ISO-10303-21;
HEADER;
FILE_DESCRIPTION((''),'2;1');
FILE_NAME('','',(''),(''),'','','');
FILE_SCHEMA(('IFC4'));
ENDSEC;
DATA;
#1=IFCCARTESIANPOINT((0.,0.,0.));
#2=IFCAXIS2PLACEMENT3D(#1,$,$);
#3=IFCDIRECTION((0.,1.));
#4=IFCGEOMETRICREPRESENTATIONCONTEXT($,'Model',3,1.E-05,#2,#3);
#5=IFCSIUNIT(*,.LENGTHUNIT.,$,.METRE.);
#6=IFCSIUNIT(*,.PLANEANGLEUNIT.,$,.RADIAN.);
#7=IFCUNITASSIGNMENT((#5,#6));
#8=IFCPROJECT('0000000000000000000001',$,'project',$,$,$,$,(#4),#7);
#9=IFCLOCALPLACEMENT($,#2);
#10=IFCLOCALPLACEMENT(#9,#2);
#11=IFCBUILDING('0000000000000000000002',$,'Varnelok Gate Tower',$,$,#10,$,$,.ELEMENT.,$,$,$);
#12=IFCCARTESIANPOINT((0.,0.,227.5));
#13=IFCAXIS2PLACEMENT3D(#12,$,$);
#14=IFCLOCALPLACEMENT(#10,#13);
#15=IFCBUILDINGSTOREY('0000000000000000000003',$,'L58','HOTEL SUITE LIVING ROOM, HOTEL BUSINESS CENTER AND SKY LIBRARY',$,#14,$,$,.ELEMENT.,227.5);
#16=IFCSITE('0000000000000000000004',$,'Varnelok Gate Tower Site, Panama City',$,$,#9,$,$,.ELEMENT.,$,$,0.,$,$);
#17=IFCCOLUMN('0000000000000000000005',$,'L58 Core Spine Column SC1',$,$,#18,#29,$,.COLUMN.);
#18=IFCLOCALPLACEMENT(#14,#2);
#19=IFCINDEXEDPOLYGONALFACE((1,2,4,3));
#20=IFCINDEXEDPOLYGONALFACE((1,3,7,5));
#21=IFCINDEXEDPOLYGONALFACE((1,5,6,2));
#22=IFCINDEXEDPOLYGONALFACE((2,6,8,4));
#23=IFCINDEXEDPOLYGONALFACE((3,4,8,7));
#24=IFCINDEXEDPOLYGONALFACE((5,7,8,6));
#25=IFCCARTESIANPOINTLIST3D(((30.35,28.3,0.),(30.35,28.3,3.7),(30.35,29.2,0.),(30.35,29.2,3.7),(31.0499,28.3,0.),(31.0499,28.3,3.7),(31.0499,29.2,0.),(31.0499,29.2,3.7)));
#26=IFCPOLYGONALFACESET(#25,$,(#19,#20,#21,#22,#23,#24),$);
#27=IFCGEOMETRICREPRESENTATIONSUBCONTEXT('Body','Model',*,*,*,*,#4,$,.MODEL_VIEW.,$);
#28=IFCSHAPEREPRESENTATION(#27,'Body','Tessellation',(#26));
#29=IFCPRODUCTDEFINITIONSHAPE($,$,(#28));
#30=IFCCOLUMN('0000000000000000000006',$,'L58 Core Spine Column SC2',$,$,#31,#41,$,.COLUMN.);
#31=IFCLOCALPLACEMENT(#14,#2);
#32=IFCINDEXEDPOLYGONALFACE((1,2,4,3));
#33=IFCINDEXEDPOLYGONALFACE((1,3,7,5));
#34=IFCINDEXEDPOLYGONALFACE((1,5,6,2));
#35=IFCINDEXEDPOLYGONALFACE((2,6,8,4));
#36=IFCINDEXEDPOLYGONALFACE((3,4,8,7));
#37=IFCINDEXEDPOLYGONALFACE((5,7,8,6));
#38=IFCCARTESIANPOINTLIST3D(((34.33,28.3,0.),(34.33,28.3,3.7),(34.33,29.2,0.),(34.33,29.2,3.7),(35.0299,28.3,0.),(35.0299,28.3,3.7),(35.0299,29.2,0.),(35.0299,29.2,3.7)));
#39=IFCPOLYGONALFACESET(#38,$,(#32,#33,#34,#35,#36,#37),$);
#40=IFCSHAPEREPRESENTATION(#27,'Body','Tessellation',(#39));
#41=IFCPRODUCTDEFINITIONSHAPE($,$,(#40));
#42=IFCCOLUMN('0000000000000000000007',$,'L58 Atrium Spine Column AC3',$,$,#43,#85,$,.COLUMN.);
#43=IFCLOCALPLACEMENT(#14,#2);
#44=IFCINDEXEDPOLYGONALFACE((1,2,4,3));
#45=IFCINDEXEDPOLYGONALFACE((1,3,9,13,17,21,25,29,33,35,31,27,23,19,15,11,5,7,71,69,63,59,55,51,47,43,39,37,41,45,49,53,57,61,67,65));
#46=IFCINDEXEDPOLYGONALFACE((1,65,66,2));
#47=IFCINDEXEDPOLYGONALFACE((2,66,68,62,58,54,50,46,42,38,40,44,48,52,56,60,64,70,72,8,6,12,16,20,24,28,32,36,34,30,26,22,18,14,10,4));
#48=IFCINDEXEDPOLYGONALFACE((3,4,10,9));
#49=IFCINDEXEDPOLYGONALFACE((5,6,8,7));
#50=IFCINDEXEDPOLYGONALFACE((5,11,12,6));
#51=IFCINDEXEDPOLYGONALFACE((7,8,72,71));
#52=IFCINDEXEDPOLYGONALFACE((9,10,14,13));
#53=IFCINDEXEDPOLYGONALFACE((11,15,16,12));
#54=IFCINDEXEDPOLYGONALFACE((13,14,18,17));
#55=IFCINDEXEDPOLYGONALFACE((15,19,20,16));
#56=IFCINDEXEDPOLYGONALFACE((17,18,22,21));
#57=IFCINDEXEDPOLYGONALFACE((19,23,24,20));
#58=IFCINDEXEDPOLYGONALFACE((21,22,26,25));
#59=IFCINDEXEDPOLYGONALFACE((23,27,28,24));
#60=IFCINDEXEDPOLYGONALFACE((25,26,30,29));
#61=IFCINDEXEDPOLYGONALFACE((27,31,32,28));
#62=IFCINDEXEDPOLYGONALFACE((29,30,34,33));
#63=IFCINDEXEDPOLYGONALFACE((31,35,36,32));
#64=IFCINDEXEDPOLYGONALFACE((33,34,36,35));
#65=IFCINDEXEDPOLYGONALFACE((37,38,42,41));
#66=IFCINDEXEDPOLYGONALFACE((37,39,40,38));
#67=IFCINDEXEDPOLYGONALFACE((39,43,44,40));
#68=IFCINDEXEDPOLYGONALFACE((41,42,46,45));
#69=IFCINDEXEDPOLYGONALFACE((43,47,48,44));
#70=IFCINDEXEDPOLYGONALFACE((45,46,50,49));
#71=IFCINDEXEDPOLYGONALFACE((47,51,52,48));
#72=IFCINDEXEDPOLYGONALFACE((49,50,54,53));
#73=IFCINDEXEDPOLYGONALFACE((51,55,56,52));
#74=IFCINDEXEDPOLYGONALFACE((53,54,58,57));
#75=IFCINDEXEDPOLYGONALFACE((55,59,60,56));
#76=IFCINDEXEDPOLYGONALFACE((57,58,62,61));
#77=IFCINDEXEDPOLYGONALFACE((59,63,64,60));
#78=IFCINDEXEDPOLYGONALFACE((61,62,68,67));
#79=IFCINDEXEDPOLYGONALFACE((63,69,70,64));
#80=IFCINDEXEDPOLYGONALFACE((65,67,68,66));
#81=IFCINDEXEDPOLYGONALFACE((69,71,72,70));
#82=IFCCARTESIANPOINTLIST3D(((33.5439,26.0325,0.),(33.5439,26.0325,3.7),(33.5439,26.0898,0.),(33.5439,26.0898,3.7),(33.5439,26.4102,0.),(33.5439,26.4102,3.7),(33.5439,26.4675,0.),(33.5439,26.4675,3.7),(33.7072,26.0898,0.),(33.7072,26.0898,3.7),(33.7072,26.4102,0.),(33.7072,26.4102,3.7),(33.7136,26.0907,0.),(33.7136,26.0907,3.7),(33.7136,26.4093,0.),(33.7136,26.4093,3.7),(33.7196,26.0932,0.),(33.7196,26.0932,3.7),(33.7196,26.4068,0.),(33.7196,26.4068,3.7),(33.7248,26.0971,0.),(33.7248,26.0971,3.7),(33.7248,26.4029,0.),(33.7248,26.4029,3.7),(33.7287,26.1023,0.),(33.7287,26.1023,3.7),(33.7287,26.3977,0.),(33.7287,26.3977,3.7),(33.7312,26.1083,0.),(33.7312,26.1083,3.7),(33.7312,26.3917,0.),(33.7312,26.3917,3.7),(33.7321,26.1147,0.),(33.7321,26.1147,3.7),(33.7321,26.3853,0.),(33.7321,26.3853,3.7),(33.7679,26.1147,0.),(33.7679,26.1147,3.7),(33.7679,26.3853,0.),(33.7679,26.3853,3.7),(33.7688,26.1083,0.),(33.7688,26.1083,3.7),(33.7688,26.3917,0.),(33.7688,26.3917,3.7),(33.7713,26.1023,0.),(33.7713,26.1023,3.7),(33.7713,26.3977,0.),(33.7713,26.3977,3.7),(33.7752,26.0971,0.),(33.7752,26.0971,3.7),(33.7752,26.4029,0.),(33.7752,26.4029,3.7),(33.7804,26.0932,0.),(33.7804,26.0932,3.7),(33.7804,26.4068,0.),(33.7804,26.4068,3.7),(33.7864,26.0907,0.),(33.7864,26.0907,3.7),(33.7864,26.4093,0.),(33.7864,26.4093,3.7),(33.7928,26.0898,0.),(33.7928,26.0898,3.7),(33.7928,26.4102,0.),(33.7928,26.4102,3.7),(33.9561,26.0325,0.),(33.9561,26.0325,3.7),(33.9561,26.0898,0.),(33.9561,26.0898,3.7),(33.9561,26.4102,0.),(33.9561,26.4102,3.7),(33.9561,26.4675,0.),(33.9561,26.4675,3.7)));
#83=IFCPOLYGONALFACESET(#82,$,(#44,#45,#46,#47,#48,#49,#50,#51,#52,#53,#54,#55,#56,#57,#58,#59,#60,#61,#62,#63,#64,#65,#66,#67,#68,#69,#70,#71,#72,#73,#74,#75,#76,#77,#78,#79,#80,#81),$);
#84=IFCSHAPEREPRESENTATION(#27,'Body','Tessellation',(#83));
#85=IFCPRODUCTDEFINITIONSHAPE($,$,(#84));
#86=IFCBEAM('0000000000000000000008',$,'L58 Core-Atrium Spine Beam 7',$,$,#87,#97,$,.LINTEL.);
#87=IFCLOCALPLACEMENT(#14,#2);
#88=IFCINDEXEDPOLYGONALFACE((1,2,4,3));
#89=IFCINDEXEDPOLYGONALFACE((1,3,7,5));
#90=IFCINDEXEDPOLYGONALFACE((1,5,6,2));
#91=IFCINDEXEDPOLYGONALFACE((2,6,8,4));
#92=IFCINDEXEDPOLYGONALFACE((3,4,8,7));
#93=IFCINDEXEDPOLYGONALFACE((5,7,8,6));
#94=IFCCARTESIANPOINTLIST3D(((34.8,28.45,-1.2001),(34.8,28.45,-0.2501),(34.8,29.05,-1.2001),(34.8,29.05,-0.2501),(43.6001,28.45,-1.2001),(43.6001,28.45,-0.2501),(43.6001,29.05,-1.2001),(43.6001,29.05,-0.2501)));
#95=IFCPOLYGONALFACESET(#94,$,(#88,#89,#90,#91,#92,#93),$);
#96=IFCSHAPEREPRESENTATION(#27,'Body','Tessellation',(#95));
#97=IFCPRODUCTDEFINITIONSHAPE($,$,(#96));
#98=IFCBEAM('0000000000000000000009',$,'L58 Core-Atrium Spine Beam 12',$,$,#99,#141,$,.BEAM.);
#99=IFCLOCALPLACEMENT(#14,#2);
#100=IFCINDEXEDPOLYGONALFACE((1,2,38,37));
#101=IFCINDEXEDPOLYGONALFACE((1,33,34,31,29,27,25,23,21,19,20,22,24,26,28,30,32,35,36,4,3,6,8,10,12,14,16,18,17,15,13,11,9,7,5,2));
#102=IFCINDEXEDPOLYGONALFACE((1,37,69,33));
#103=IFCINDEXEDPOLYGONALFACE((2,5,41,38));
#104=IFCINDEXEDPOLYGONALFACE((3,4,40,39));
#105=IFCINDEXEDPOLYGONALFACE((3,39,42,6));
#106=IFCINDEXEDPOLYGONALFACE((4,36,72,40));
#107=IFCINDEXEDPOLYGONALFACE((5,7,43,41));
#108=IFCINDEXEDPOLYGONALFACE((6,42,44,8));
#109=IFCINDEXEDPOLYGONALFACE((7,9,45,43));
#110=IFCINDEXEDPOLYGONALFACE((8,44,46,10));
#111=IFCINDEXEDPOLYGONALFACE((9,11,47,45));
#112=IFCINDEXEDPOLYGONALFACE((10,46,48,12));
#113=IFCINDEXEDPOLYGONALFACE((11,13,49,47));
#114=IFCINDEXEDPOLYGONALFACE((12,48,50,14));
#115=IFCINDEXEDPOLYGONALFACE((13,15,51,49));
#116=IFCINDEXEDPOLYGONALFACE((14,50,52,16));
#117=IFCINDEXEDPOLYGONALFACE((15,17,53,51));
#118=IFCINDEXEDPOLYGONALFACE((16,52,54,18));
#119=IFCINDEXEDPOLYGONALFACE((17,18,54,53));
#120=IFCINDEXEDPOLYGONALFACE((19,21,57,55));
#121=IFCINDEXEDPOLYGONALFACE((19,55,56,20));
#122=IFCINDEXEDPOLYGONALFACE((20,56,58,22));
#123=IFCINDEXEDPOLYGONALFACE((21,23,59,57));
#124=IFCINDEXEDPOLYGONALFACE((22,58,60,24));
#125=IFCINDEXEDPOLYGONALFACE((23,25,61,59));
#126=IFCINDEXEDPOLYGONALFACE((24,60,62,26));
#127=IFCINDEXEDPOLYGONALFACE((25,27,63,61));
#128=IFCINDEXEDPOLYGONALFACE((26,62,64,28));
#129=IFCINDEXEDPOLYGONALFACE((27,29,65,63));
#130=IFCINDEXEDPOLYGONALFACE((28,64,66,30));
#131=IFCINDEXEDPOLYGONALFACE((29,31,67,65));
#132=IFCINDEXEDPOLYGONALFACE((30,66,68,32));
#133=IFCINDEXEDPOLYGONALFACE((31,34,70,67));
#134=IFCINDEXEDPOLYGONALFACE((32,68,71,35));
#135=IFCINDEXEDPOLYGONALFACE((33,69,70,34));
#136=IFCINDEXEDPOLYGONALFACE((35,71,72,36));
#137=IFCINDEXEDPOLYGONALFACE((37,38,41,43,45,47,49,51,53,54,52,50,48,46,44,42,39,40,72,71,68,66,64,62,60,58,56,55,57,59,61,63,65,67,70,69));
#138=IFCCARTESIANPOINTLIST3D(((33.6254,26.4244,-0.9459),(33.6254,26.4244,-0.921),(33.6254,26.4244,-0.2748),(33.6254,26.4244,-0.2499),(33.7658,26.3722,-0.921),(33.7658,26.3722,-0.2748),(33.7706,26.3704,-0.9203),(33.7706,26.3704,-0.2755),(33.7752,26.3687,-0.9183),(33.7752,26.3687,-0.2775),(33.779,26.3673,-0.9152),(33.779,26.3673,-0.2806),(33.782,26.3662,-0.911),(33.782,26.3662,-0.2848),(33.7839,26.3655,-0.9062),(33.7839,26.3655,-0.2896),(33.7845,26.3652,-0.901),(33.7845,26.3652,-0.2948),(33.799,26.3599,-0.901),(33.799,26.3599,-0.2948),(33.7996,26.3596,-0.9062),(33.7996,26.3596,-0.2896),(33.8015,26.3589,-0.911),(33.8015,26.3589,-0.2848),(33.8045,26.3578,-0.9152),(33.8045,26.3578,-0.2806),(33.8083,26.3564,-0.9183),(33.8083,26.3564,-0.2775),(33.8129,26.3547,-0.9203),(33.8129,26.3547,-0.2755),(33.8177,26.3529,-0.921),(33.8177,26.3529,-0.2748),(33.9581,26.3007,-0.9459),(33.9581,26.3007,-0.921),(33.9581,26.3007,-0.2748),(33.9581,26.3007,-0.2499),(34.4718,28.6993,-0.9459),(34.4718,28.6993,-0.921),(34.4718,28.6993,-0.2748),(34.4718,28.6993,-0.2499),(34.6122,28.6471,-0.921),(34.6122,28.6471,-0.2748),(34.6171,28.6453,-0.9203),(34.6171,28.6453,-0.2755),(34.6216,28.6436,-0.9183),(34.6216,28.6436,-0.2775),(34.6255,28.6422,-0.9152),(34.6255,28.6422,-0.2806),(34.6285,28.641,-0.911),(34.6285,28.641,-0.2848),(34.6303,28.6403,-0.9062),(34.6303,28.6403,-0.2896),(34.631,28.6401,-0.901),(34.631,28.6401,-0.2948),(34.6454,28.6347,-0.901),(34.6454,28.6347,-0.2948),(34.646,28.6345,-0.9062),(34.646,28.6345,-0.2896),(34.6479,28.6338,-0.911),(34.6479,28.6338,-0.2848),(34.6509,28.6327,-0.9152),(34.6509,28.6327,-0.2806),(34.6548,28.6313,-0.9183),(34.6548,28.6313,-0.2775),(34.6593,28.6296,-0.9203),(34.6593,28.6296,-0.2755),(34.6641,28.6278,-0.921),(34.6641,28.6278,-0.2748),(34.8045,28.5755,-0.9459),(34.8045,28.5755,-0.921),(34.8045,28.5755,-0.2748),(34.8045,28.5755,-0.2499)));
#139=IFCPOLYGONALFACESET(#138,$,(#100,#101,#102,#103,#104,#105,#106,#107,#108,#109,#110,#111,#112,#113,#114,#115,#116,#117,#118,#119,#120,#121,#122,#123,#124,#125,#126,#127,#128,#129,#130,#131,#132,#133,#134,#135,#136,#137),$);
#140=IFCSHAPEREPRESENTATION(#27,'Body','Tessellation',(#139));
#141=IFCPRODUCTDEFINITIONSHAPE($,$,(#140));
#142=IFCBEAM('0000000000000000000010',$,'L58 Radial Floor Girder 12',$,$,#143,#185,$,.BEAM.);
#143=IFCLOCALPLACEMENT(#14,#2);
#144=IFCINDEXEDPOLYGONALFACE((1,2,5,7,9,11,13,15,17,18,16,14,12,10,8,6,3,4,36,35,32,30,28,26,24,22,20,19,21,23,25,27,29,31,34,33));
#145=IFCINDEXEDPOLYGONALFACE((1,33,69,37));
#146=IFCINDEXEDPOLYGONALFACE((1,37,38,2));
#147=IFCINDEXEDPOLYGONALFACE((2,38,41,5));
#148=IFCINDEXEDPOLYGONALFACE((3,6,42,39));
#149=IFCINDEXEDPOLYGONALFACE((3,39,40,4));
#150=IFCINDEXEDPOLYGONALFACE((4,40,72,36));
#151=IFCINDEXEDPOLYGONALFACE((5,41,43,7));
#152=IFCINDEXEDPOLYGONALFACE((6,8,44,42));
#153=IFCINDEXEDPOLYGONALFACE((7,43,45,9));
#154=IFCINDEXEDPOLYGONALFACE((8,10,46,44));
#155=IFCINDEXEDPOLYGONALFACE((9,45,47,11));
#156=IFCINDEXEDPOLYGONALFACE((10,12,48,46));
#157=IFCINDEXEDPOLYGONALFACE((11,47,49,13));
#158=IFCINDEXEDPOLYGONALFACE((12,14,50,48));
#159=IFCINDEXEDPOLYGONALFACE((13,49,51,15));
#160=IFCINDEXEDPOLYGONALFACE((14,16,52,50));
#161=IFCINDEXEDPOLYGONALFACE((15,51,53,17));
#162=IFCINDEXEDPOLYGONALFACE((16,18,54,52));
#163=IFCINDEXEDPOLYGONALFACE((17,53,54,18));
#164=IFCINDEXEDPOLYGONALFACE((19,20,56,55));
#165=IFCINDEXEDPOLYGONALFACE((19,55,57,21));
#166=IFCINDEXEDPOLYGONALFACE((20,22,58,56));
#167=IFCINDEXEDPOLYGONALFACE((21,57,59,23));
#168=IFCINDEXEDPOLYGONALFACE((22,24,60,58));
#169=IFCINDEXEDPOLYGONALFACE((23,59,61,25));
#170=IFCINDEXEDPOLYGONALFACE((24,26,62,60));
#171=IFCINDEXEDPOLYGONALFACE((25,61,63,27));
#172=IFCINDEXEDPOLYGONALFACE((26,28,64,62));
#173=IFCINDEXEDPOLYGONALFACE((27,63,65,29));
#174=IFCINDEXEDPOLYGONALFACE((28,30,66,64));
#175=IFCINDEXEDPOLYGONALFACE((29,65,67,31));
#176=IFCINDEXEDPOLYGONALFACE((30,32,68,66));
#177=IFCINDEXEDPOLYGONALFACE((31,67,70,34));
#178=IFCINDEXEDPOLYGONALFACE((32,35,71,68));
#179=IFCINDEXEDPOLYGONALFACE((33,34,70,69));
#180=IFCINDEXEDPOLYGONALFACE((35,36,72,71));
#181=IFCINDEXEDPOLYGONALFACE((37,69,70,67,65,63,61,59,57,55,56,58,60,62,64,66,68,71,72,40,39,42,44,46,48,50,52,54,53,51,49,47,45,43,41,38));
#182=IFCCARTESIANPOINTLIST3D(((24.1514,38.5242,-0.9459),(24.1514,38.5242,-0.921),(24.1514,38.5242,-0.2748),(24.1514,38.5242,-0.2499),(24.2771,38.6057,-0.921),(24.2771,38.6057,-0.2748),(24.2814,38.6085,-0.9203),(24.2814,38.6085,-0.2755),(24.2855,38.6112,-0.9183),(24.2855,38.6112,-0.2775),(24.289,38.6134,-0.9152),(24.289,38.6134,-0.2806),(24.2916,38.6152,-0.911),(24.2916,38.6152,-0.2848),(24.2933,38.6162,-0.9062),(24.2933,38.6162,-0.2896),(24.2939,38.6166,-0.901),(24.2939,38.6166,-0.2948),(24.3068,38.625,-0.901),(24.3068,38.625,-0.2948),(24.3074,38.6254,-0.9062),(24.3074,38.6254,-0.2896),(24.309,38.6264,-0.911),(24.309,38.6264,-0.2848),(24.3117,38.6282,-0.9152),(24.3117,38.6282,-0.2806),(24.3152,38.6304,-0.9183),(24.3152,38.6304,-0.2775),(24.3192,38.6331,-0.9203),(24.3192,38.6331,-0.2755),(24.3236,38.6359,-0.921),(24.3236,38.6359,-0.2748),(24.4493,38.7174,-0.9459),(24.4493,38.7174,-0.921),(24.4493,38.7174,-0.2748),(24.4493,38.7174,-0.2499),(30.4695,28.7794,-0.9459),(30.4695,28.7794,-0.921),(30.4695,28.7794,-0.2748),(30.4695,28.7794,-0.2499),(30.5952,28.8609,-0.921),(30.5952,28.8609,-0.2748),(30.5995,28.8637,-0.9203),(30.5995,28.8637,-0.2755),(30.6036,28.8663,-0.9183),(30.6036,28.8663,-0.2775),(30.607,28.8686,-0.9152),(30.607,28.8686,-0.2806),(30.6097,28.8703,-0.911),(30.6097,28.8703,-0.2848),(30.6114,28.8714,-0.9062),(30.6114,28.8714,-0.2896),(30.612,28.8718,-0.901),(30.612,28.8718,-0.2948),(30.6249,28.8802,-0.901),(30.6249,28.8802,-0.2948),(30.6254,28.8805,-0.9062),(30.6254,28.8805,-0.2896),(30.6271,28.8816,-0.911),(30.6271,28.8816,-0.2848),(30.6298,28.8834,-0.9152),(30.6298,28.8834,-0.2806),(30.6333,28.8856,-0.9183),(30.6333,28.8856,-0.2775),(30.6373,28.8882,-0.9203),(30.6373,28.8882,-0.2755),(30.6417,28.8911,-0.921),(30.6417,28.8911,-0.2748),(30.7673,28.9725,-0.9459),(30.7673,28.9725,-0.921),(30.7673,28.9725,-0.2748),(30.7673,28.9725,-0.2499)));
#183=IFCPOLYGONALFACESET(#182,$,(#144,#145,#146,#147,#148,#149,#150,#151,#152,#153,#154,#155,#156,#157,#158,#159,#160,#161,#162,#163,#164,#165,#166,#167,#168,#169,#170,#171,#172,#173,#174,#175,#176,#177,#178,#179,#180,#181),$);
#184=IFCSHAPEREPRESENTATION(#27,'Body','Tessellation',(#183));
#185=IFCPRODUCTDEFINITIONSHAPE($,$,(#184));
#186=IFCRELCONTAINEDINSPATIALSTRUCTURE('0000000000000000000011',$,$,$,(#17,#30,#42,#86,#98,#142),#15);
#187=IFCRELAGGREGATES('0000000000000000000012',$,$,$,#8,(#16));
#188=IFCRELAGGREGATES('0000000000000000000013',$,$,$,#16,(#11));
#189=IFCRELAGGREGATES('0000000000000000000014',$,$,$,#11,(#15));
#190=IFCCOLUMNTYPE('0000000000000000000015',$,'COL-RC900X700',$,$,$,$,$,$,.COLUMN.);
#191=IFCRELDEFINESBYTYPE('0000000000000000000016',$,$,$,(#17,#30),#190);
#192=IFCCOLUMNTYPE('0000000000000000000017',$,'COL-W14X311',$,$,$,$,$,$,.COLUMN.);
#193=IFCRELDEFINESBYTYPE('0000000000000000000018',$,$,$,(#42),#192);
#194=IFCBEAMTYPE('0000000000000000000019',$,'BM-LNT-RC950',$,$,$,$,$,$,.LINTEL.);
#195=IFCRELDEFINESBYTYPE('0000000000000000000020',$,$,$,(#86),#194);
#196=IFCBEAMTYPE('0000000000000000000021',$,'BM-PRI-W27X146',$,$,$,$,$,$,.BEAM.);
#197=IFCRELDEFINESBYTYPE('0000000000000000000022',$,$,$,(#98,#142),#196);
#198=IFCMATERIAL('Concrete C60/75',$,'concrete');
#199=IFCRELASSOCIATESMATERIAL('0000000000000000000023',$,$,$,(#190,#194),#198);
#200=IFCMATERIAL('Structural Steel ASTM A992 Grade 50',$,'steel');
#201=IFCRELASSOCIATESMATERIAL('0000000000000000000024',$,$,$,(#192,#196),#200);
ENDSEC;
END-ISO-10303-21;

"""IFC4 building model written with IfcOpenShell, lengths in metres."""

from ifc_helpers import new_model, si_unit, direction, frame, origin, origin_2d, place, context, subcontext, project, spatial, rectangle, i_section, extrude, material, material_profile, profile_set, type_object, element, save


model = new_model("IFC4")

# Units and contexts
model_context = context("Model", 3, precision=1e-05, world=origin(), true_north=direction((0.0, 1.0)))
body_context = subcontext(model_context, "Body", "Model", "MODEL_VIEW")
ifc_project = project(units=[si_unit("LENGTHUNIT", "METRE"), si_unit("PLANEANGLEUNIT", "RADIAN")], contexts=[model_context])

# Site, building, storey
site_placement = place(None, origin())
site = spatial("IfcSite", under=ifc_project, at=site_placement, Name="Varnelok Gate Tower Site, Panama City", CompositionType="ELEMENT", RefElevation=0.0)
building_placement = place(site_placement, origin())
building = spatial("IfcBuilding", under=site, at=building_placement, Name="Varnelok Gate Tower", CompositionType="ELEMENT")
storey_placement = place(building_placement, frame((0.0, 0.0, 227.5)))
storey = spatial("IfcBuildingStorey", under=building, at=storey_placement, Name="L58", Description="HOTEL SUITE LIVING ROOM, HOTEL BUSINESS CENTER AND SKY LIBRARY", CompositionType="ELEMENT", Elevation=227.5)

# Columns
ifc_material_1 = material(Name="Concrete C60/75", Category="concrete")
ifc_material_profile_1 = material_profile(ifc_material_1, rectangle(XDim=0.7, YDim=0.8999, at=origin_2d()), Name="RC900X700")
ifc_profile_set_1 = profile_set([ifc_material_profile_1], Name="Concrete C60/75")
column_type_1 = type_object("IfcColumnType", Name="COL-RC900X700", PredefinedType="COLUMN", material=ifc_profile_set_1)
for number, where, z_axis, x_axis, name in (
    (1, (30.7, 28.75, 0.0), (0.0, 0.0, 1.0), (1.0, 0.0, 0.0), "L58 Core Spine Column SC1"),
    (2, (34.6799, 28.75, 0.0), (0.0, 0.0, 1.0), (1.0, 0.0, 0.0), "L58 Core Spine Column SC2"),
):
    element("IfcColumn", number, at=place(storey_placement, frame(where, z_axis=z_axis, x_axis=x_axis)), inside=storey, type_object=column_type_1, Name=name, PredefinedType="COLUMN", context=body_context, shape_type="SweptSolid", body=[
        extrude(rectangle(XDim=0.7, YDim=0.8999, at=origin_2d()), origin(), (0.0, 0.0, 1.0), 3.7),
    ])
ifc_material_2 = material(Name="Structural Steel ASTM A992 Grade 50", Category="steel")
ifc_material_profile_2 = material_profile(ifc_material_2, i_section(OverallWidth=0.4121, OverallDepth=0.4351, WebThickness=0.0359, FlangeThickness=0.0574, FilletRadius=0.0249, at=origin_2d()), Name="W14X311")
ifc_profile_set_2 = profile_set([ifc_material_profile_2], Name="Structural Steel ASTM A992 Grade 50")
column_type_2 = type_object("IfcColumnType", Name="COL-W14X311", PredefinedType="COLUMN", material=ifc_profile_set_2)
column_placement = place(storey_placement, frame((33.75, 26.25, 0.0), z_axis=(0.0, 0.0, 1.0), x_axis=(1.0, 0.0, 0.0)))
element("IfcColumn", 3, at=column_placement, inside=storey, type_object=column_type_2, Name="L58 Atrium Spine Column AC3", PredefinedType="COLUMN", context=body_context, shape_type="SweptSolid", body=[
    extrude(i_section(OverallWidth=0.4121, OverallDepth=0.4351, WebThickness=0.0359, FlangeThickness=0.0574, FilletRadius=0.0249, at=origin_2d()), origin(), (0.0, 0.0, 1.0), 3.7),
])

# Beams
ifc_material_profile_3 = material_profile(ifc_material_1, rectangle(XDim=0.6001, YDim=0.95, at=origin_2d()), Name="RC950X600")
ifc_profile_set_3 = profile_set([ifc_material_profile_3], Name="Concrete C60/75")
beam_type_1 = type_object("IfcBeamType", Name="BM-LNT-RC950", PredefinedType="LINTEL", material=ifc_profile_set_3)
beam_1_placement = place(storey_placement, frame((34.8, 28.75, -0.7251), z_axis=(1.0, 0.0, 0.0), x_axis=(0.0, 1.0, 0.0)))
element("IfcBeam", 4, at=beam_1_placement, inside=storey, type_object=beam_type_1, Name="L58 Core-Atrium Spine Beam 7", PredefinedType="LINTEL", context=body_context, shape_type="SweptSolid", body=[
    extrude(rectangle(XDim=0.6001, YDim=0.95, at=origin_2d()), origin(), (0.0, 0.0, 1.0), 8.8),
])
ifc_material_profile_4 = material_profile(ifc_material_2, i_section(OverallWidth=0.355, OverallDepth=0.696, WebThickness=0.0154, FlangeThickness=0.0249, FilletRadius=0.02, at=origin_2d()), Name="W27X146")
ifc_profile_set_4 = profile_set([ifc_material_profile_4], Name="Structural Steel ASTM A992 Grade 50")
beam_type_2 = type_object("IfcBeamType", Name="BM-PRI-W27X146", PredefinedType="BEAM", material=ifc_profile_set_4)
beam_2_placement = place(storey_placement, frame((33.7917, 26.3625, -0.5979), z_axis=(0.348719, 0.937227, 0.0), x_axis=(-0.937227, 0.348719, 0.0)))
element("IfcBeam", 5, at=beam_2_placement, inside=storey, type_object=beam_type_2, Name="L58 Core-Atrium Spine Beam 12", PredefinedType="BEAM", context=body_context, shape_type="SweptSolid", body=[
    extrude(i_section(OverallWidth=0.355, OverallDepth=0.696, WebThickness=0.0154, FlangeThickness=0.0249, FilletRadius=0.02, at=origin_2d()), origin(), (0.0, 0.0, 1.0), 2.4272),
])
beam_3_placement = place(storey_placement, frame((30.6184, 28.876, -0.5979), z_axis=(-0.544016, 0.839075, 0.0), x_axis=(-0.839075, -0.544016, 0.0)))
element("IfcBeam", 6, at=beam_3_placement, inside=storey, type_object=beam_type_2, Name="L58 Radial Floor Girder 12", PredefinedType="BEAM", context=body_context, shape_type="SweptSolid", body=[
    extrude(i_section(OverallWidth=0.355, OverallDepth=0.696, WebThickness=0.0154, FlangeThickness=0.0249, FilletRadius=0.02, at=origin_2d()), origin(), (0.0, 0.0, 1.0), 11.6138),
])

save(model, "model.ifc")
